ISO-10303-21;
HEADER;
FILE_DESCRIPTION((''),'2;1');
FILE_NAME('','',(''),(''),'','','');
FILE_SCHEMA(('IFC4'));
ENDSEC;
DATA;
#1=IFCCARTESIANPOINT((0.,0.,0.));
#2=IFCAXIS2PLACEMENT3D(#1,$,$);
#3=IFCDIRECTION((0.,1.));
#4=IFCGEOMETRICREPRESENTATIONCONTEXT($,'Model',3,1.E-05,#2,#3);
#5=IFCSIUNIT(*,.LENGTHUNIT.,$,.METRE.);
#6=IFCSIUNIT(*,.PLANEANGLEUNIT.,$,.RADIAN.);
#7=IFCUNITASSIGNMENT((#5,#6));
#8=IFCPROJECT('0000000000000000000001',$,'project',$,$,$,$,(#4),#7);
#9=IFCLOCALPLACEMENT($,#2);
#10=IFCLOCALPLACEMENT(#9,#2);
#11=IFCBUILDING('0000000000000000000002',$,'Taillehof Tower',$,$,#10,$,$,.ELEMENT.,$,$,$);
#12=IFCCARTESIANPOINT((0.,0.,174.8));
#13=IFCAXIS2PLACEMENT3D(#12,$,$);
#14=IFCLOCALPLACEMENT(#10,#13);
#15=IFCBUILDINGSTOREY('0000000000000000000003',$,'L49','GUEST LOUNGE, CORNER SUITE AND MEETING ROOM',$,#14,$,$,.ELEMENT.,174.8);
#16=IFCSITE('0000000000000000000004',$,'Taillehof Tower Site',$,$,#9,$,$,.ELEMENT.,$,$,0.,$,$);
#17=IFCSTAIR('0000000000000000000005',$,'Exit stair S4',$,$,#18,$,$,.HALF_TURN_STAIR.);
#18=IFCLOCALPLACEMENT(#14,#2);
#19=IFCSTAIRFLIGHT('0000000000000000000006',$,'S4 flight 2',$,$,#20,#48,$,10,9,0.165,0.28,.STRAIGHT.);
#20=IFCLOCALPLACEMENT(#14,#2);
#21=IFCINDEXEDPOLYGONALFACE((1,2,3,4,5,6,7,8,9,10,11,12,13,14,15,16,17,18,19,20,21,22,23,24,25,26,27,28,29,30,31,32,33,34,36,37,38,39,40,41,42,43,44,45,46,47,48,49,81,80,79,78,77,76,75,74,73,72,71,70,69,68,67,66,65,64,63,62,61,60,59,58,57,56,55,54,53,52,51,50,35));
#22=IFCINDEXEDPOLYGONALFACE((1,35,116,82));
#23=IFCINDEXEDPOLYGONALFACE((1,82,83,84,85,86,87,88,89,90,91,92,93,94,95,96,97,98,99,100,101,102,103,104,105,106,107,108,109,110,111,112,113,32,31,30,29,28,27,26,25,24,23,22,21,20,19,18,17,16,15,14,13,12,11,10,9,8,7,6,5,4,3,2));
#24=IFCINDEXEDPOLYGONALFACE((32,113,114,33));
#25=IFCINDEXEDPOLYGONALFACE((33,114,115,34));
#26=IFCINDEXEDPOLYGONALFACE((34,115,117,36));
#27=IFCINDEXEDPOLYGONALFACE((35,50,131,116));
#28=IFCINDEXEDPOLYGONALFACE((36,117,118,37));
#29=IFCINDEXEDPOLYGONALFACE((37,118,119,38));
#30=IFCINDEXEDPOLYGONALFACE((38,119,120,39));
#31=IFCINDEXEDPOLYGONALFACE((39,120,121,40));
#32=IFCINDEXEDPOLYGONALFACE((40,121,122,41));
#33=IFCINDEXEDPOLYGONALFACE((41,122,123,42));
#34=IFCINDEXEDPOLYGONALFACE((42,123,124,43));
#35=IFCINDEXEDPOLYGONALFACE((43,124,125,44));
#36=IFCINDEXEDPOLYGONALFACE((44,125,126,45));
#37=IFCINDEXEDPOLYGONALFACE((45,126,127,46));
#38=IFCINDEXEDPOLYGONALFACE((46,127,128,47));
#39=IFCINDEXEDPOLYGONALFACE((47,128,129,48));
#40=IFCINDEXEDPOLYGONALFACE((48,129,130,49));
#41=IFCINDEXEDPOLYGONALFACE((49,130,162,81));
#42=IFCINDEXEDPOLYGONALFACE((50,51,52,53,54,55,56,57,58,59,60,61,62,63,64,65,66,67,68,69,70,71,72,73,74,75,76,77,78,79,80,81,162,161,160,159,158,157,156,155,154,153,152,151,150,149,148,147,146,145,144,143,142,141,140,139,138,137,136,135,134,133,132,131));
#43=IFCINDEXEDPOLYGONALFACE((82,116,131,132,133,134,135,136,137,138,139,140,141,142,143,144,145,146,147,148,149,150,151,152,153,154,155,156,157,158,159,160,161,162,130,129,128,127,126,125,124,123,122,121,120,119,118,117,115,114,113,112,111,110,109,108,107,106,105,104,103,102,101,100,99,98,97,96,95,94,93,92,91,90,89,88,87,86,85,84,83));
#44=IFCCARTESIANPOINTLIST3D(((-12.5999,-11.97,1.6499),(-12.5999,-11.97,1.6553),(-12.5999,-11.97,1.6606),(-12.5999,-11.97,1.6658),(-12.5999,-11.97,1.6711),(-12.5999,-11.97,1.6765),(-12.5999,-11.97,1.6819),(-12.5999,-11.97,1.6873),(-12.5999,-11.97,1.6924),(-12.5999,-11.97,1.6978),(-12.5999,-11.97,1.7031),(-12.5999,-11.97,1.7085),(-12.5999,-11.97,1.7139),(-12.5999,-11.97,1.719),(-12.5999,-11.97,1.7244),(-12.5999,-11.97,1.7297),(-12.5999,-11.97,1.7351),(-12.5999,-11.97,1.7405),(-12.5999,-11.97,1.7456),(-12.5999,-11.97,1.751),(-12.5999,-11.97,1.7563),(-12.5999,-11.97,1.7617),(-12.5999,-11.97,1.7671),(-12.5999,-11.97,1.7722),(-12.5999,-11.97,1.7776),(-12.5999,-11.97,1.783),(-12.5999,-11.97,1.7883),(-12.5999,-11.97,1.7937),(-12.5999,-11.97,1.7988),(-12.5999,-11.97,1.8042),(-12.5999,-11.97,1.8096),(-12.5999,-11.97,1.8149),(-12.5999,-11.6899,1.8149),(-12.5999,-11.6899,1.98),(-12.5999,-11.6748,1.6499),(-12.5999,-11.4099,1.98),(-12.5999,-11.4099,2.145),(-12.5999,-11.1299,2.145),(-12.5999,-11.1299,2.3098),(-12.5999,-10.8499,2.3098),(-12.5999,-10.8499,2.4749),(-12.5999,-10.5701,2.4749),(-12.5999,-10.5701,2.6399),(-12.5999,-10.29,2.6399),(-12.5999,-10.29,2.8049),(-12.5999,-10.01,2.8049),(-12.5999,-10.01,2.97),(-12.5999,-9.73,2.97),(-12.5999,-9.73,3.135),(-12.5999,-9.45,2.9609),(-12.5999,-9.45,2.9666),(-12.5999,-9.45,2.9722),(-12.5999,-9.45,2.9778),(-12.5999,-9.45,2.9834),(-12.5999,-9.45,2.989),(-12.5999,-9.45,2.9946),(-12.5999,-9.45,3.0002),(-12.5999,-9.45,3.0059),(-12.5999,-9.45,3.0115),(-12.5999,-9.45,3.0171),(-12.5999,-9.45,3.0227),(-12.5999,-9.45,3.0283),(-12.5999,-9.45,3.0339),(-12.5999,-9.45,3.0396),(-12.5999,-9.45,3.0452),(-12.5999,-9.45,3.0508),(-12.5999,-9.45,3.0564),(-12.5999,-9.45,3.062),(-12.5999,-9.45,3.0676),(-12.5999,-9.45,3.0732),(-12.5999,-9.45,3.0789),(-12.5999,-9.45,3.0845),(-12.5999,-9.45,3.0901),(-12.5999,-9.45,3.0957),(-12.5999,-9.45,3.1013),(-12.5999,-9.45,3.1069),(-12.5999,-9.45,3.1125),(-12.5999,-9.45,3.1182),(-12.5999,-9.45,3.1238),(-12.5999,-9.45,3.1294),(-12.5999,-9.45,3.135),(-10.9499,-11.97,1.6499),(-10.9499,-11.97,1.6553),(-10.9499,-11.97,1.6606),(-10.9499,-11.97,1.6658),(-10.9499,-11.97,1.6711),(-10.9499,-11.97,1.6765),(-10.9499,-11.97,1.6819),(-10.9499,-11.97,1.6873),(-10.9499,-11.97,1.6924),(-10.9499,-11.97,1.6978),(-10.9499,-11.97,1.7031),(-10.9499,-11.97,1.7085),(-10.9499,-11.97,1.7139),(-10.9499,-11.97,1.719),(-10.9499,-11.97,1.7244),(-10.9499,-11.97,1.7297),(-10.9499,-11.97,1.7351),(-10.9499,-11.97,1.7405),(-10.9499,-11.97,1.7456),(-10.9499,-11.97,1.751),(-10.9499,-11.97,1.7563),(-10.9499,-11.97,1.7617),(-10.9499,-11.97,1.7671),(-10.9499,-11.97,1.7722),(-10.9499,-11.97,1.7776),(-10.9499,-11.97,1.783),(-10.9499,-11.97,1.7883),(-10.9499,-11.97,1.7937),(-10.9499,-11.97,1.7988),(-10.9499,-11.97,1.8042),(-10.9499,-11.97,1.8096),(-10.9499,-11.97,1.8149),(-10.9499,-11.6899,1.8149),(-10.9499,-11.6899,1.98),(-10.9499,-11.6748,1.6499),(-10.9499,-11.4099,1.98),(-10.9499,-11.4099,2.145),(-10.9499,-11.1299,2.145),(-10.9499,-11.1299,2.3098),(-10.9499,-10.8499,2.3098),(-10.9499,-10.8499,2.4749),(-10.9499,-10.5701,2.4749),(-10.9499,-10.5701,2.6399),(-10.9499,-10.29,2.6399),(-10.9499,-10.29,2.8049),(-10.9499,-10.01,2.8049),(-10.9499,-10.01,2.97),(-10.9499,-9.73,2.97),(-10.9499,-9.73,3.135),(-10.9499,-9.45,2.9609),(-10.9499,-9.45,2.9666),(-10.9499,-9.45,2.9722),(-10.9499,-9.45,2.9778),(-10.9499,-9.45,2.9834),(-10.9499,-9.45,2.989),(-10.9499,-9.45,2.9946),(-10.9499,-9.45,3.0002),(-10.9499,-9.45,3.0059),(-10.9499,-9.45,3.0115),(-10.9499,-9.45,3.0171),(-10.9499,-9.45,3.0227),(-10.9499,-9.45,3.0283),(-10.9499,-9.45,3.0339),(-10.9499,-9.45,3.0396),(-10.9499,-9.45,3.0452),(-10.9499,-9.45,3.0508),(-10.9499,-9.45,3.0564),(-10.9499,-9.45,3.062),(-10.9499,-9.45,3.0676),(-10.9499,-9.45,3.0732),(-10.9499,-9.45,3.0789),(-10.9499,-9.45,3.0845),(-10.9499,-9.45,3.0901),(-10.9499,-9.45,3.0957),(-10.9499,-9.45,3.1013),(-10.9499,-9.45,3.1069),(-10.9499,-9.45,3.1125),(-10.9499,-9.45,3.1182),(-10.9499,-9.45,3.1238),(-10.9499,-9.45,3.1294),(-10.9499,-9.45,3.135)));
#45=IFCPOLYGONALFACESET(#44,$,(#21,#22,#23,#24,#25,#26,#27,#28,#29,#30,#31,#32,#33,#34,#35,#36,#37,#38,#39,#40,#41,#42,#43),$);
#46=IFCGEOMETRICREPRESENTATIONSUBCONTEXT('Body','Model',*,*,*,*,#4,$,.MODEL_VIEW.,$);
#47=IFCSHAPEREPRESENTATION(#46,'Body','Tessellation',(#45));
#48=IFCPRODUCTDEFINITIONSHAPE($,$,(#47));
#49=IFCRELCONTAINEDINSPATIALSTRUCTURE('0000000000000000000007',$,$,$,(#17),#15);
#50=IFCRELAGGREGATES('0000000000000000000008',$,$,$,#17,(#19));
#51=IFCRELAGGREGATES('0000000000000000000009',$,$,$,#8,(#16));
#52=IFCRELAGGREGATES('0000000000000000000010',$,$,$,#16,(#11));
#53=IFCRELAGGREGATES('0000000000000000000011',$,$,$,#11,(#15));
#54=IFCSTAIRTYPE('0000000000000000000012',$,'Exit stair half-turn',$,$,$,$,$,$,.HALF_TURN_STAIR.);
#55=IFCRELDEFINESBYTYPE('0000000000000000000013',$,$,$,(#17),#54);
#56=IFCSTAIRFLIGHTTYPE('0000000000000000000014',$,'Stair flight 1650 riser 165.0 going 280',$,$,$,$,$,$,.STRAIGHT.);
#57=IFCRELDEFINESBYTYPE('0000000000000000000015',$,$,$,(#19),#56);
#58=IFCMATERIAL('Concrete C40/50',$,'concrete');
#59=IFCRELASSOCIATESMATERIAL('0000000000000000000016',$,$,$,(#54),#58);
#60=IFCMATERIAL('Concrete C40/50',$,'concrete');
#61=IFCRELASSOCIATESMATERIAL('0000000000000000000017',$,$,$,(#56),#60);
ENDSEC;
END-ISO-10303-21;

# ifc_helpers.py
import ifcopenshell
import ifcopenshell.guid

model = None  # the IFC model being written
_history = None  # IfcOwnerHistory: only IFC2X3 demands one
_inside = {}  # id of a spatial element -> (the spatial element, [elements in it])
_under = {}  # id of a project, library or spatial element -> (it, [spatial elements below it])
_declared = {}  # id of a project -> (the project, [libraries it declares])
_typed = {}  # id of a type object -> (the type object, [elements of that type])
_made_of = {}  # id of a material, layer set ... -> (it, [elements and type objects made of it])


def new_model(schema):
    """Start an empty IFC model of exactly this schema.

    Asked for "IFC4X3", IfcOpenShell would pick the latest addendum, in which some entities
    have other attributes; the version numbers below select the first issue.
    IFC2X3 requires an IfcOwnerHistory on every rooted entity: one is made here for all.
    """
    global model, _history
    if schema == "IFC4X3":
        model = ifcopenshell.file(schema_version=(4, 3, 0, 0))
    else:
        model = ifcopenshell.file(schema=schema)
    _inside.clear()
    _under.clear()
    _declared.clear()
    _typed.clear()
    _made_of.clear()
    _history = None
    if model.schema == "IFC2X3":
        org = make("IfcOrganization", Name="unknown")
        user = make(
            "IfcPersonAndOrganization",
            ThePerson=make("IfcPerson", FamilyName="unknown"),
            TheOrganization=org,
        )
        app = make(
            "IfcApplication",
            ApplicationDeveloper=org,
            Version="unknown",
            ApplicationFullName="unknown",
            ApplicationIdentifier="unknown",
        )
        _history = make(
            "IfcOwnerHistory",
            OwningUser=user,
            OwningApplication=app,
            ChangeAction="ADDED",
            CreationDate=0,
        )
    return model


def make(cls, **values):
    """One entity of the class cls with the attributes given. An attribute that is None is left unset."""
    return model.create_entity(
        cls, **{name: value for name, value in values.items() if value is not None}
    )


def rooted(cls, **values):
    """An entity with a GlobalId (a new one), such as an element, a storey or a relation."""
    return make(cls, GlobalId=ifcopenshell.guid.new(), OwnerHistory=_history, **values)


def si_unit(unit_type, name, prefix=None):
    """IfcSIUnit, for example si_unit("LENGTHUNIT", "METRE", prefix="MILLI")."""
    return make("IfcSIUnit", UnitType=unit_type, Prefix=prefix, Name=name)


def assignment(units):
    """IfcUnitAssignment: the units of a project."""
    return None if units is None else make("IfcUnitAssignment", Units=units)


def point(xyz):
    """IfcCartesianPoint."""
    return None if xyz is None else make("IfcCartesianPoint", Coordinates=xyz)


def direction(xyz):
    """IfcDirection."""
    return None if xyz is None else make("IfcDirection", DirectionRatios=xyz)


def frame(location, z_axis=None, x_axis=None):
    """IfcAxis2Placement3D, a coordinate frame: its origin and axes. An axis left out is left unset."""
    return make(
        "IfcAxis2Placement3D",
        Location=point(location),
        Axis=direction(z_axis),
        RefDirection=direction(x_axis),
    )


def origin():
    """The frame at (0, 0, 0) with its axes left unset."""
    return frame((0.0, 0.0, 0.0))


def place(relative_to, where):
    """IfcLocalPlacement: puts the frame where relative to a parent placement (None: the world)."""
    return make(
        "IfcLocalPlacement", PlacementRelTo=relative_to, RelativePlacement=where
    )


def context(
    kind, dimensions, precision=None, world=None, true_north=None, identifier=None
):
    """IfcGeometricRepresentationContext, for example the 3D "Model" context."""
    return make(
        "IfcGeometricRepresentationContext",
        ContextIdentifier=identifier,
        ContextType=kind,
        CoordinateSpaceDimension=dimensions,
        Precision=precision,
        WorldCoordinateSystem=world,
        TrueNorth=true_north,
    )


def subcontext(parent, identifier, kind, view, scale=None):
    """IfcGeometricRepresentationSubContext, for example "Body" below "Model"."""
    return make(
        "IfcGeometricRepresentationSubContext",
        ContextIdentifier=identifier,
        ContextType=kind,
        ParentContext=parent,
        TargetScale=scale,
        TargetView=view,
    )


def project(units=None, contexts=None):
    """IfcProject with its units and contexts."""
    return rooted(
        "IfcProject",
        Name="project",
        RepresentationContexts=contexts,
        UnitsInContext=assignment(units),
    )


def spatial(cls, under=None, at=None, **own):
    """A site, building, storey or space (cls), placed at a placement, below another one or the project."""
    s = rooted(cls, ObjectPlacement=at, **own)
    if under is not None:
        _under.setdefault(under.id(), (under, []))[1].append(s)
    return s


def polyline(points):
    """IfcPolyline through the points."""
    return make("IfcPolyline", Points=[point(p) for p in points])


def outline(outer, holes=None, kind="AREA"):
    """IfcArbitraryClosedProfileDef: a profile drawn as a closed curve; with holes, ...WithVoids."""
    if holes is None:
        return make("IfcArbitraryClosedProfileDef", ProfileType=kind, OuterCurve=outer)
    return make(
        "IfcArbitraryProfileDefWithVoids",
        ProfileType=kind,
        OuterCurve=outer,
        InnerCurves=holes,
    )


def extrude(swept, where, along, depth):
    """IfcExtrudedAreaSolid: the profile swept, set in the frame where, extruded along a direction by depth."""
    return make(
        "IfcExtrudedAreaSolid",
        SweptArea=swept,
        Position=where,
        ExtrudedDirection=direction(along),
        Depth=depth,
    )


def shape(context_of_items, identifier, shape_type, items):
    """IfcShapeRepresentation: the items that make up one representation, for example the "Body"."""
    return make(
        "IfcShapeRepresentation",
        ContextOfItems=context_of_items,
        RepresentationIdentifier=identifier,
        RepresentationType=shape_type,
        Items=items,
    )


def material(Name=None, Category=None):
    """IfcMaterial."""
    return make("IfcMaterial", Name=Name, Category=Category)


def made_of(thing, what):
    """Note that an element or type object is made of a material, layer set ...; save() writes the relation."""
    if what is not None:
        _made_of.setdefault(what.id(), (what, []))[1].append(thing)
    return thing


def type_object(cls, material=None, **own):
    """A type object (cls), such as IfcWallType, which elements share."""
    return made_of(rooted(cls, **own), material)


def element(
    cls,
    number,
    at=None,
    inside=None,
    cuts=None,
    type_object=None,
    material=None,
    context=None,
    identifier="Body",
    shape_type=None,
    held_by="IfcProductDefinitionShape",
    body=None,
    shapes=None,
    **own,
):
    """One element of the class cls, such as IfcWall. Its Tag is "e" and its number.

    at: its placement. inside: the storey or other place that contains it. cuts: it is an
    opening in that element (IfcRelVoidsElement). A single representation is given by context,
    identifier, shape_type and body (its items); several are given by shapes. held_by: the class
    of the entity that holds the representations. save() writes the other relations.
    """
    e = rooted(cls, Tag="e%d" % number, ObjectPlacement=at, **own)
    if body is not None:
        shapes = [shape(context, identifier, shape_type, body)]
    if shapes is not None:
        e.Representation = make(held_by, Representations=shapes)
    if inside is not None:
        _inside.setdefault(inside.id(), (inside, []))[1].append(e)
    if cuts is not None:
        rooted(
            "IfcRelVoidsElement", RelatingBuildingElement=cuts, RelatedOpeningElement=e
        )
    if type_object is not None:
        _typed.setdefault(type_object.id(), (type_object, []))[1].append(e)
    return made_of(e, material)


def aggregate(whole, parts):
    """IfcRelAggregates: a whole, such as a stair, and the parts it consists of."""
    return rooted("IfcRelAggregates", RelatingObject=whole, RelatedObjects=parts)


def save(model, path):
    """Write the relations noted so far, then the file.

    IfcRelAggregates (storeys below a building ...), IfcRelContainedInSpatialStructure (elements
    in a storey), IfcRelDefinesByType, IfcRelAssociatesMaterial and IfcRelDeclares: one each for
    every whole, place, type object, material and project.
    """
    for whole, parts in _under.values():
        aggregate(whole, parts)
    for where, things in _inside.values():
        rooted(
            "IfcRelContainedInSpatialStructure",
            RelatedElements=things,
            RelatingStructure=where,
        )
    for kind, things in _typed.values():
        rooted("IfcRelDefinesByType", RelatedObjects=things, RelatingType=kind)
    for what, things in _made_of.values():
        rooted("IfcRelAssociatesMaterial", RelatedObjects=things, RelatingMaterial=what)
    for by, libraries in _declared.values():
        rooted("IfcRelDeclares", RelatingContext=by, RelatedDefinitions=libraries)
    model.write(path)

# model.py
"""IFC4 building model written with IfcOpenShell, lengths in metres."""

from ifc_helpers import new_model, si_unit, direction, frame, origin, place, context, subcontext, project, spatial, polyline, outline, extrude, material, type_object, element, aggregate, save


model = new_model("IFC4")

# Units and contexts
model_context = context("Model", 3, precision=1e-05, world=origin(), true_north=direction((0.0, 1.0)))
body_context = subcontext(model_context, "Body", "Model", "MODEL_VIEW")
ifc_project = project(units=[si_unit("LENGTHUNIT", "METRE"), si_unit("PLANEANGLEUNIT", "RADIAN")], contexts=[model_context])

# Site, building, storey
site_placement = place(None, origin())
site = spatial("IfcSite", under=ifc_project, at=site_placement, Name="Taillehof Tower Site", CompositionType="ELEMENT", RefElevation=0.0)
building_placement = place(site_placement, origin())
building = spatial("IfcBuilding", under=site, at=building_placement, Name="Taillehof Tower", CompositionType="ELEMENT")
storey_placement = place(building_placement, frame((0.0, 0.0, 174.8)))
storey = spatial("IfcBuildingStorey", under=building, at=storey_placement, Name="L49", Description="GUEST LOUNGE, CORNER SUITE AND MEETING ROOM", CompositionType="ELEMENT", Elevation=174.8)

# Stair, stair flight
ifc_material_1 = material(Name="Concrete C40/50", Category="concrete")
stair_type = type_object("IfcStairType", Name="Exit stair half-turn", PredefinedType="HALF_TURN_STAIR", material=ifc_material_1)
stair_placement = place(storey_placement, origin())
stair = element("IfcStair", 1, at=stair_placement, inside=storey, type_object=stair_type, Name="Exit stair S4", PredefinedType="HALF_TURN_STAIR")
ifc_material_2 = material(Name="Concrete C40/50", Category="concrete")
stair_flight_type = type_object("IfcStairFlightType", Name="Stair flight 1650 riser 165.0 going 280", PredefinedType="STRAIGHT", material=ifc_material_2)
stair_flight_1_placement = place(storey_placement, frame((-11.7749, -11.97, 1.6499), z_axis=(0.0, 0.0, 1.0), x_axis=(0.0, 1.0, 0.0)))
stair_flight_1 = element("IfcStairFlight", 2, at=stair_flight_1_placement, type_object=stair_flight_type, Name="S4 flight 2", NumberOfRisers=10, NumberOfTreads=9, PredefinedType="STRAIGHT", RiserHeight=0.165, TreadLength=0.28, context=body_context, shape_type="SweptSolid", body=[
    extrude(outline(polyline([(0.0, 0.0), (0.0, 0.0054), (0.0, 0.0107), (0.0, 0.0159), (0.0, 0.0212), (0.0, 0.0266), (0.0, 0.032), (0.0, 0.0374), (0.0, 0.0425), (0.0, 0.0479), (0.0, 0.0532), (0.0, 0.0586), (0.0, 0.064), (0.0, 0.0691), (0.0, 0.0745), (0.0, 0.0798), (0.0, 0.0852), (0.0, 0.0906), (0.0, 0.0957), (0.0, 0.1011), (0.0, 0.1064), (0.0, 0.1118), (0.0, 0.1172), (0.0, 0.1223), (0.0, 0.1277), (0.0, 0.1331), (0.0, 0.1384), (0.0, 0.1438), (0.0, 0.1489), (0.0, 0.1543), (0.0, 0.1597), (0.0, 0.165), (0.28, 0.165), (0.28, 0.3301), (0.5601, 0.3301), (0.5601, 0.4951), (0.8401, 0.4951), (0.8401, 0.6599), (1.1201, 0.6599), (1.1201, 0.825), (1.3999, 0.825), (1.3999, 0.99), (1.6799, 0.99), (1.6799, 1.155), (1.96, 1.155), (1.96, 1.3201), (2.24, 1.3201), (2.24, 1.4851), (2.52, 1.4851), (2.52, 1.4795), (2.52, 1.4739), (2.52, 1.4683), (2.52, 1.4626), (2.52, 1.457), (2.52, 1.4514), (2.52, 1.4458), (2.52, 1.4402), (2.52, 1.4346), (2.52, 1.429), (2.52, 1.4233), (2.52, 1.4177), (2.52, 1.4121), (2.52, 1.4065), (2.52, 1.4009), (2.52, 1.3953), (2.52, 1.3896), (2.52, 1.384), (2.52, 1.3784), (2.52, 1.3728), (2.52, 1.3672), (2.52, 1.3616), (2.52, 1.356), (2.52, 1.3503), (2.52, 1.3447), (2.52, 1.3391), (2.52, 1.3335), (2.52, 1.3279), (2.52, 1.3223), (2.52, 1.3167), (2.52, 1.311), (0.2952, 0.0), (0.0, 0.0)])), frame((0.0, 0.825, 0.0), z_axis=(0.0, -1.0, 0.0), x_axis=(1.0, 0.0, 0.0)), (0.0, 0.0, 1.0), 1.65),
])
aggregate(stair, [stair_flight_1])

save(model, "model.ifc")
